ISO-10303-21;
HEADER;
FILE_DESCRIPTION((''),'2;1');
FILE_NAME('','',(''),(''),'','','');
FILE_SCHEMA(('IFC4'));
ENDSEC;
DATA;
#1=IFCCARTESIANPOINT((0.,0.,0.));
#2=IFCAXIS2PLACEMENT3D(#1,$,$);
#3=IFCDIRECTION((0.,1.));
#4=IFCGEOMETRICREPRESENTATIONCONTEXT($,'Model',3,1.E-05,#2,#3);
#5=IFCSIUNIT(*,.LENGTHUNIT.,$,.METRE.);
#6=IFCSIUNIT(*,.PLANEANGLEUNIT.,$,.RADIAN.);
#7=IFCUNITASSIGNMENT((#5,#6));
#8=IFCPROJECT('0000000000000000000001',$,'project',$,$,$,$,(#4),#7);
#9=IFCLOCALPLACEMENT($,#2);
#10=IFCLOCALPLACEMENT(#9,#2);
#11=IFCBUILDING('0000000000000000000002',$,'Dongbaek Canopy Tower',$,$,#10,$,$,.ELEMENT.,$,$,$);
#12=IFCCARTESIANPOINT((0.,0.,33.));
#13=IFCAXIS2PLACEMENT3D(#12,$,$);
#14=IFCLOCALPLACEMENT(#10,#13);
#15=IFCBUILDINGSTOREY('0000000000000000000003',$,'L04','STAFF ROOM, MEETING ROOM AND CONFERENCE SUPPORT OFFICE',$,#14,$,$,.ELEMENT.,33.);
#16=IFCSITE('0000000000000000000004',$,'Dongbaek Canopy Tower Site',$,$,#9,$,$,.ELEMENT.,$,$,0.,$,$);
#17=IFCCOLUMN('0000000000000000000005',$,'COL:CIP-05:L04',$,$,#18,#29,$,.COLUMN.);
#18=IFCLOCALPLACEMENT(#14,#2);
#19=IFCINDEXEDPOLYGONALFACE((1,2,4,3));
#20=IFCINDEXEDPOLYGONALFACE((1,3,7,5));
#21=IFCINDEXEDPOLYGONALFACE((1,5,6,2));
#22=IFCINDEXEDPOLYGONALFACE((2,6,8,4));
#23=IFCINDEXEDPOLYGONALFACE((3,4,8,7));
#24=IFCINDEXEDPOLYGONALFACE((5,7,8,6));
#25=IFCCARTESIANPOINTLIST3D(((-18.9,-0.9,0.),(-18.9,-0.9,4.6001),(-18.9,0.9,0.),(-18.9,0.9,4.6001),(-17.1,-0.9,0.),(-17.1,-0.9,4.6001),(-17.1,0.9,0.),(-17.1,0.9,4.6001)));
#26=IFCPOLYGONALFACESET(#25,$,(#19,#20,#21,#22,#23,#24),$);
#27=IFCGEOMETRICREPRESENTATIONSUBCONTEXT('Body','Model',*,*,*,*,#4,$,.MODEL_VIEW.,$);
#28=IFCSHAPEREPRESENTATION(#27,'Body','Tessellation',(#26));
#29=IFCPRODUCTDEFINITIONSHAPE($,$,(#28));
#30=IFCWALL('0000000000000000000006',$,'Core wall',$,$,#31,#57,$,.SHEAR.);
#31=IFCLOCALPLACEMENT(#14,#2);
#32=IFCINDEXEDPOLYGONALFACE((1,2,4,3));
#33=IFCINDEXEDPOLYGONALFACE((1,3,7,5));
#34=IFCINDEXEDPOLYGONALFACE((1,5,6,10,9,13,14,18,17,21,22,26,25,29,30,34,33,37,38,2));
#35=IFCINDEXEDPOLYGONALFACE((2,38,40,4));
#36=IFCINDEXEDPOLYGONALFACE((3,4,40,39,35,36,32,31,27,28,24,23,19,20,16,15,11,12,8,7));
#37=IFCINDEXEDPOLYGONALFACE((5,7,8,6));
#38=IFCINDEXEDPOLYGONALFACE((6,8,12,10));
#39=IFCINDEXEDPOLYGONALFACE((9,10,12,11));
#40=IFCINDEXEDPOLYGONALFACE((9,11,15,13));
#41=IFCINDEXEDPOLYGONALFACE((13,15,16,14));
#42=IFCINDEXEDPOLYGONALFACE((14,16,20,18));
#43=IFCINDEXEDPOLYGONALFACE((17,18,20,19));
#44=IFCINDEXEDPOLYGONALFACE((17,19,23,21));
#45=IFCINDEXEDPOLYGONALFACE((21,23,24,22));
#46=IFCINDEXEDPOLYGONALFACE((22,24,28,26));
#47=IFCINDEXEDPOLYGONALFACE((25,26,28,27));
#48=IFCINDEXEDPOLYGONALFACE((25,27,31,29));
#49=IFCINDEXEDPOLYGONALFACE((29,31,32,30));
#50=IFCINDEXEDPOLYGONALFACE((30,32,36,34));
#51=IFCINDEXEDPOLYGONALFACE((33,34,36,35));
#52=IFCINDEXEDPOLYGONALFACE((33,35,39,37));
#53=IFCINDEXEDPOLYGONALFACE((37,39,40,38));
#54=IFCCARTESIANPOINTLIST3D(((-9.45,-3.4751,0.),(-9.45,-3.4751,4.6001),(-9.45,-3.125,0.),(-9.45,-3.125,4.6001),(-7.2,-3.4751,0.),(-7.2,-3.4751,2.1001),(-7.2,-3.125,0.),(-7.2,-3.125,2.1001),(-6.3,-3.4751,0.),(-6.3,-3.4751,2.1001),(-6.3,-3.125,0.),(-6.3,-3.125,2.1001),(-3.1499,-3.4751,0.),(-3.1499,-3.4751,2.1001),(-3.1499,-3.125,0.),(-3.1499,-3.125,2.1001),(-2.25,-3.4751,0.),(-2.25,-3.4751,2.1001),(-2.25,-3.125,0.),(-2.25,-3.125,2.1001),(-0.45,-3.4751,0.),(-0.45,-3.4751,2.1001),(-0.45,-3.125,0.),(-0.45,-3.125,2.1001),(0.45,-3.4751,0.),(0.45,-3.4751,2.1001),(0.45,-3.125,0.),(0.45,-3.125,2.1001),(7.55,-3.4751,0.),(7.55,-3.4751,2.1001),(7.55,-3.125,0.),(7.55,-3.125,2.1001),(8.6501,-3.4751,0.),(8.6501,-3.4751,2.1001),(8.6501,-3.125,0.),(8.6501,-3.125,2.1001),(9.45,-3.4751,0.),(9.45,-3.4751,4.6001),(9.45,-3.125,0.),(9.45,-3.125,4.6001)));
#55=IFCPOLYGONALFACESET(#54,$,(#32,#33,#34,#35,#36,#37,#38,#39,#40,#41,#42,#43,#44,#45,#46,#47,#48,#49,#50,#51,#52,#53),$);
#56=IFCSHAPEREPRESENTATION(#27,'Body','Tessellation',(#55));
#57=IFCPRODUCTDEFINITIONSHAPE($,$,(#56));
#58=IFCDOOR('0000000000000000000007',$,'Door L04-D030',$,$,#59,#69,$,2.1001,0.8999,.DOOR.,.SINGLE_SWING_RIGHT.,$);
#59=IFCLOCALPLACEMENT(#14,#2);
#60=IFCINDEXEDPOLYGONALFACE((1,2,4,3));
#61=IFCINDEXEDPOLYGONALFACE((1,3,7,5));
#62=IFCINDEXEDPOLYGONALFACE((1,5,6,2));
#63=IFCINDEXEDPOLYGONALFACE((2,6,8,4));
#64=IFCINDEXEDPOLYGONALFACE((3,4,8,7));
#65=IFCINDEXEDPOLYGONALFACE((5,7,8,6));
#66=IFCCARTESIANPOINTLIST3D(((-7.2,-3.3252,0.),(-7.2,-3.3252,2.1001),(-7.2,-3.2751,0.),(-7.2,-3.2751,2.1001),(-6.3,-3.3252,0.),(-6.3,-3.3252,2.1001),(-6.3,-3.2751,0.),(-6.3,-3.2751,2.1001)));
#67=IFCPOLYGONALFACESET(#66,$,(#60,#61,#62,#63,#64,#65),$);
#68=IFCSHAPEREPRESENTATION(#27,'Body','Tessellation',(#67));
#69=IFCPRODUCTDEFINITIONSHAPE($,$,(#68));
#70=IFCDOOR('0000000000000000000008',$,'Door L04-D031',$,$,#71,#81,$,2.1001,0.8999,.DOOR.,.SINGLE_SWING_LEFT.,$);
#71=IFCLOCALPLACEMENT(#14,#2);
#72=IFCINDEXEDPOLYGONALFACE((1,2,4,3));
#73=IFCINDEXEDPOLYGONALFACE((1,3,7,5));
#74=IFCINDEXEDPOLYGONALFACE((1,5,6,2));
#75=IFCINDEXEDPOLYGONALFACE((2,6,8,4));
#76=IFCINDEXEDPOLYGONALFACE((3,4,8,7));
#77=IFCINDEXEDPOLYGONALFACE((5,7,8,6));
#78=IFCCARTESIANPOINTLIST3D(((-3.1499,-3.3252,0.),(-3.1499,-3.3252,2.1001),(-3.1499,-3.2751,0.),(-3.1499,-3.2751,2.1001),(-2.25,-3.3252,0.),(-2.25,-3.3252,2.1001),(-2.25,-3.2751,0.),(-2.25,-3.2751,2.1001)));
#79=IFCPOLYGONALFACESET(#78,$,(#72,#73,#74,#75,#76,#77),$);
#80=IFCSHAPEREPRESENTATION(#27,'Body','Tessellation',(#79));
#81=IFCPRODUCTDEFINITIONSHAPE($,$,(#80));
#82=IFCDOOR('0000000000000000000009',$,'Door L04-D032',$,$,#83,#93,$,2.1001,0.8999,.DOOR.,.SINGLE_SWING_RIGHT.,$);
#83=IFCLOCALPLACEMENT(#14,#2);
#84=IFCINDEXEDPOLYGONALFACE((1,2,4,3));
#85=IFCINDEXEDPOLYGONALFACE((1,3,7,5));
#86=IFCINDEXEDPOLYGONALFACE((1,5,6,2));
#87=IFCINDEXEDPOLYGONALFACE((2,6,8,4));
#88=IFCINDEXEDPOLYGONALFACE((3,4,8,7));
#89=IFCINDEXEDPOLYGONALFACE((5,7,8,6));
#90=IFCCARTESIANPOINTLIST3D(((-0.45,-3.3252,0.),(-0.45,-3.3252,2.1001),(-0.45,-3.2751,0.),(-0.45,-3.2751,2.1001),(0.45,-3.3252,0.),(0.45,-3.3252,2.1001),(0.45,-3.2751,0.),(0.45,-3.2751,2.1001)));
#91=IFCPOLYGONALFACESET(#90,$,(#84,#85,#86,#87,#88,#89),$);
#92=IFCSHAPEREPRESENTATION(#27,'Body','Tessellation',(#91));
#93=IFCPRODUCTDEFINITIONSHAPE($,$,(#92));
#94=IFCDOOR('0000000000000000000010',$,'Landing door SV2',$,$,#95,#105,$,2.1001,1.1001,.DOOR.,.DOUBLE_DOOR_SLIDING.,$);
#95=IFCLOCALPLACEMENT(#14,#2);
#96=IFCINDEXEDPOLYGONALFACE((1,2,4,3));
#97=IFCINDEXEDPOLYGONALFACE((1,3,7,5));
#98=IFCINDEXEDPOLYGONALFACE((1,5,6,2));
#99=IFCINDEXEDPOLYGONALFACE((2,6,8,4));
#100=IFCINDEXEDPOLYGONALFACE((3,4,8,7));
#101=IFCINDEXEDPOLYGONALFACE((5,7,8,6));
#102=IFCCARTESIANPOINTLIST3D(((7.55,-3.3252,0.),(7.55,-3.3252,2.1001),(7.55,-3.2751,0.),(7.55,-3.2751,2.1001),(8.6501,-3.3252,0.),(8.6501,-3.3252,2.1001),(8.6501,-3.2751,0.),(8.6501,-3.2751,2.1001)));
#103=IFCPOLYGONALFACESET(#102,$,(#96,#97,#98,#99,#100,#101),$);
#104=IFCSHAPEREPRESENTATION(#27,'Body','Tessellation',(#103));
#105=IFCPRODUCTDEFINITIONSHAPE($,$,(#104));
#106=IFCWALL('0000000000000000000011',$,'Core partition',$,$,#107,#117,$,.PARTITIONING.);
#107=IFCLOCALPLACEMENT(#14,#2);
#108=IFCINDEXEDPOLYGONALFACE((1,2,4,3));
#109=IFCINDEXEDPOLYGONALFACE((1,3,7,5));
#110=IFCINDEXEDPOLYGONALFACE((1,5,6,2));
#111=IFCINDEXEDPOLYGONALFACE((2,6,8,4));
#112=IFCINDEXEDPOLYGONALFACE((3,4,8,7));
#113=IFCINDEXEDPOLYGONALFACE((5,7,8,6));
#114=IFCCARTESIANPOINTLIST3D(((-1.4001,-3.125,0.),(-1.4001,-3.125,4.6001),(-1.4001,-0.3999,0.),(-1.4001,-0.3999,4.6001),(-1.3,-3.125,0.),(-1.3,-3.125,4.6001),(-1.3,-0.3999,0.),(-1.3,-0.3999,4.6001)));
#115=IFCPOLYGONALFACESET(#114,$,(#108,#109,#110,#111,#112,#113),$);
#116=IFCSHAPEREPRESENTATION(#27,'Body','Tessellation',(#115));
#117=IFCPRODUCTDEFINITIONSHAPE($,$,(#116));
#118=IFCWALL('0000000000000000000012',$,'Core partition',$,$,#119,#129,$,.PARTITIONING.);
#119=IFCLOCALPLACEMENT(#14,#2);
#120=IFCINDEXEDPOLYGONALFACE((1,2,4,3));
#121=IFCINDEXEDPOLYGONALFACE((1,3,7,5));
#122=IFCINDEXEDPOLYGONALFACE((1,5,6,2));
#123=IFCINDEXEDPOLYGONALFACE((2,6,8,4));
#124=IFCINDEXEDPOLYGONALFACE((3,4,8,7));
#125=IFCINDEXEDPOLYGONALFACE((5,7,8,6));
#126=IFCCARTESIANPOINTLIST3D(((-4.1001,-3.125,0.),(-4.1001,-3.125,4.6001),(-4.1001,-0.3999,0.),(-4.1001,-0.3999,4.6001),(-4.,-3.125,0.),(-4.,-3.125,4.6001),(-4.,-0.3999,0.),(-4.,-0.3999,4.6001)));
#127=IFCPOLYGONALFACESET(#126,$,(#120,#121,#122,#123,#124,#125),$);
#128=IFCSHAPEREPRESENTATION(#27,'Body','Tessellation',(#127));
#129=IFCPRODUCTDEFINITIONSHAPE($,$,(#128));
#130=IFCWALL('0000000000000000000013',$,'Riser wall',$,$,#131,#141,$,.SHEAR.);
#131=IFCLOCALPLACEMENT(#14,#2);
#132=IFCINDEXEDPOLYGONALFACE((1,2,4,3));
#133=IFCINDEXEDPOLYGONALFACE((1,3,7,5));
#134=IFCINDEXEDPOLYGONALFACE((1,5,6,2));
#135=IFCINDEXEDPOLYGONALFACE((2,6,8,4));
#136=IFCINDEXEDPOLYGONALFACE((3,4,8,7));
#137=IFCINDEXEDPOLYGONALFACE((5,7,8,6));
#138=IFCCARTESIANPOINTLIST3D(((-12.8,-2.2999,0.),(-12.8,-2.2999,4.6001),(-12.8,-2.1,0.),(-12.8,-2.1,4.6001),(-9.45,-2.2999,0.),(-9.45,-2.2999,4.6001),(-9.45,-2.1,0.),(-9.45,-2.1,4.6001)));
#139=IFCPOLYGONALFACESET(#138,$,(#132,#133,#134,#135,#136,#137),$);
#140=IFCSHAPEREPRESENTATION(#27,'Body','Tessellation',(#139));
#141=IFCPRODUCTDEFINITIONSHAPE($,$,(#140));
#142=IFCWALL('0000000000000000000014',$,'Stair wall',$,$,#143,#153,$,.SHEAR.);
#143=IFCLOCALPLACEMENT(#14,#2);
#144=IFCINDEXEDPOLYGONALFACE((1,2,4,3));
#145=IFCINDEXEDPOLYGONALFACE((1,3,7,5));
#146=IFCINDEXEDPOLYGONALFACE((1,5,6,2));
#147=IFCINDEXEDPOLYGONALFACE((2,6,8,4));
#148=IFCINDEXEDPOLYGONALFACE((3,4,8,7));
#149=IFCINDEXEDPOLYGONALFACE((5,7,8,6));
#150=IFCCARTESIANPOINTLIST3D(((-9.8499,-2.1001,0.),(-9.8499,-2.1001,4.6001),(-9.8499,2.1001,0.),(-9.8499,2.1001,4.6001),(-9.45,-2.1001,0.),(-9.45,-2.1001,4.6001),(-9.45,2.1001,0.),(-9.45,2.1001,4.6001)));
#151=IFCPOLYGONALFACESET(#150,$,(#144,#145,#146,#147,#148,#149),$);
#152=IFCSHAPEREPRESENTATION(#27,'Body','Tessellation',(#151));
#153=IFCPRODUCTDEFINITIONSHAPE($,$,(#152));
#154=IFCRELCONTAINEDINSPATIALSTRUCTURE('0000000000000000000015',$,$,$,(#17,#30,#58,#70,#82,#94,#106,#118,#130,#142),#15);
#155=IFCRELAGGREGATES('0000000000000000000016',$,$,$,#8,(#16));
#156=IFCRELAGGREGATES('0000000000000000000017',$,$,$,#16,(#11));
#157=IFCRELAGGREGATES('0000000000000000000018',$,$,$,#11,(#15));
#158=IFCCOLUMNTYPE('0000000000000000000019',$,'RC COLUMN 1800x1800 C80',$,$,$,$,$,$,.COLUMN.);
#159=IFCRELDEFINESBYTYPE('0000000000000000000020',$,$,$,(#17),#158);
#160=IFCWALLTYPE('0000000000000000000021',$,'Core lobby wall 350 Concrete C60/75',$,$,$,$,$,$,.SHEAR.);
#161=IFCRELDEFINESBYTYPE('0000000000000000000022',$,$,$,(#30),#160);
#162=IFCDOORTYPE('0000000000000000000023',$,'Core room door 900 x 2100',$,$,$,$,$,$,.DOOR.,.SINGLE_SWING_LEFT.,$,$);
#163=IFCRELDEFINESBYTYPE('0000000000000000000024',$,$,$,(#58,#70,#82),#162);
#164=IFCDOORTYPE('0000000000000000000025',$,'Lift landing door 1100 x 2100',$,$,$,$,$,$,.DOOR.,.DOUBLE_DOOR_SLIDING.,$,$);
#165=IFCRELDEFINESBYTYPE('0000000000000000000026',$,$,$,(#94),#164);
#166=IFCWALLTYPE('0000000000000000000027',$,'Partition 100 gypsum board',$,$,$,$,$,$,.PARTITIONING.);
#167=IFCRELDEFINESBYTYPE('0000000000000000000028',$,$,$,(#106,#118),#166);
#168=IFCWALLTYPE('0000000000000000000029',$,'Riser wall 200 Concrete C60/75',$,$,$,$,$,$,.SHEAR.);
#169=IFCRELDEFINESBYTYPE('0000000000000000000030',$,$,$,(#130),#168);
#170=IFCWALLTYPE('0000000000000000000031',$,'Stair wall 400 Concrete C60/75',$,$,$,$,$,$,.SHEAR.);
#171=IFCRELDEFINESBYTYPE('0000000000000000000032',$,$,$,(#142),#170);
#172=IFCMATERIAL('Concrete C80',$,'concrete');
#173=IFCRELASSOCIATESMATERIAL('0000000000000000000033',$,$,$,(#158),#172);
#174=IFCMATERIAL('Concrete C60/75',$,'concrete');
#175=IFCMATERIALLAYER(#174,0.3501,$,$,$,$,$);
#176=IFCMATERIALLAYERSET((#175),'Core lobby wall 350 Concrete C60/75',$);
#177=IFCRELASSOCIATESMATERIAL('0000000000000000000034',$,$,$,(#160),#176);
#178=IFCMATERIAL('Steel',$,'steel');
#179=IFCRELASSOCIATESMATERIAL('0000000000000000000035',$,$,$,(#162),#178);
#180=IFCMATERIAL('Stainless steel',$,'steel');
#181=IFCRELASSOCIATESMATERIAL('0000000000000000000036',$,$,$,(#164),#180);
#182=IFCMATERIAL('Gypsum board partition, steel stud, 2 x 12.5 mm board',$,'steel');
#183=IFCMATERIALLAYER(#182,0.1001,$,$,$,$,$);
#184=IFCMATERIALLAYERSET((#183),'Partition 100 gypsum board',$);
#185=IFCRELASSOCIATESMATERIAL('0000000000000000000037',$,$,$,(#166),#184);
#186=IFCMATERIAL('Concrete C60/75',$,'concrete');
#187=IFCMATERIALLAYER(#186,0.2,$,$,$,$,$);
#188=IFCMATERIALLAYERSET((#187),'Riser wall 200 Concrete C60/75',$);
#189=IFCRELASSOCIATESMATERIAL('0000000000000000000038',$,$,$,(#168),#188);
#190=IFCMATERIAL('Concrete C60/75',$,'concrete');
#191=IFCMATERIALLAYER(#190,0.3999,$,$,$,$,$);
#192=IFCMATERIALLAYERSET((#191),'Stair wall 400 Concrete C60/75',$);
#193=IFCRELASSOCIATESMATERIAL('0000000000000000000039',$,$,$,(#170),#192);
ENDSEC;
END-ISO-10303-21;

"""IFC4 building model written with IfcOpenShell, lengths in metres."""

from ifc_helpers import new_model, si_unit, direction, frame, frame_2d, origin, origin_2d, place, context, subcontext, project, spatial, rectangle, extrude, material, layer, layer_set, material_profile, profile_set, type_object, element, fill, save


model = new_model("IFC4")

# Units and contexts
model_context = context("Model", 3, precision=1e-05, world=origin(), true_north=direction((0.0, 1.0)))
body_context = subcontext(model_context, "Body", "Model", "MODEL_VIEW")
ifc_project = project(units=[si_unit("LENGTHUNIT", "METRE"), si_unit("PLANEANGLEUNIT", "RADIAN")], contexts=[model_context])

# Site, building, storey
site_placement = place(None, origin())
site = spatial("IfcSite", under=ifc_project, at=site_placement, Name="Dongbaek Canopy Tower Site", CompositionType="ELEMENT", RefElevation=0.0)
building_placement = place(site_placement, origin())
building = spatial("IfcBuilding", under=site, at=building_placement, Name="Dongbaek Canopy Tower", CompositionType="ELEMENT")
storey_placement = place(building_placement, frame((0.0, 0.0, 33.0)))
storey = spatial("IfcBuildingStorey", under=building, at=storey_placement, Name="L04", Description="STAFF ROOM, MEETING ROOM AND CONFERENCE SUPPORT OFFICE", CompositionType="ELEMENT", Elevation=33.0)

# Column
ifc_material_1 = material(Name="Concrete C80", Category="concrete")
ifc_material_profile = material_profile(ifc_material_1, rectangle(XDim=1.8, YDim=1.8, at=origin_2d()), Name="RC COLUMN 1800x1800 C80")
ifc_profile_set = profile_set([ifc_material_profile], Name="Concrete C80")
column_type = type_object("IfcColumnType", Name="RC COLUMN 1800x1800 C80", PredefinedType="COLUMN", material=ifc_profile_set)
column_placement = place(storey_placement, frame((-18.0, 0.0, 0.0), z_axis=(0.0, 0.0, 1.0), x_axis=(1.0, 0.0, 0.0)))
element("IfcColumn", 1, at=column_placement, inside=storey, type_object=column_type, Name="COL:CIP-05:L04", PredefinedType="COLUMN", context=body_context, shape_type="SweptSolid", body=[
    extrude(rectangle(XDim=1.8, YDim=1.8, at=origin_2d()), origin(), (0.0, 0.0, 1.0), 4.6001),
])

# Wall, openings, doors
ifc_material_2 = material(Name="Concrete C60/75", Category="concrete")
ifc_layer_1 = layer(ifc_material_2, 0.3501)
ifc_layer_set_1 = layer_set([ifc_layer_1], Name="Core lobby wall 350 Concrete C60/75")
wall_type_1 = type_object("IfcWallType", Name="Core lobby wall 350 Concrete C60/75", PredefinedType="SHEAR", material=ifc_layer_set_1)
wall_1_placement = place(storey_placement, frame((-9.45, -3.3, 0.0), z_axis=(0.0, 0.0, 1.0), x_axis=(1.0, 0.0, 0.0)))
wall_1 = element("IfcWall", 2, at=wall_1_placement, inside=storey, type_object=wall_type_1, Name="Core wall", PredefinedType="SHEAR", context=body_context, shape_type="SweptSolid", body=[
    extrude(rectangle(XDim=18.8999, YDim=0.3501, at=frame_2d((9.45, 0.0))), origin(), (0.0, 0.0, 1.0), 4.6001),
])
opening_1_placement = place(wall_1_placement, frame((17.0, 0.0, 0.0)))
opening_1 = element("IfcOpeningElement", 3, at=opening_1_placement, cuts=wall_1, PredefinedType="OPENING", context=body_context, shape_type="SweptSolid", body=[
    extrude(rectangle(XDim=1.1001, YDim=2.1001, at=frame_2d((0.55, 1.05))), frame((0.0, 0.1851, 0.0), z_axis=(0.0, -1.0, 0.0), x_axis=(1.0, 0.0, 0.0)), (0.0, 0.0, 1.0), 0.3701),
])
opening_2_placement = place(wall_1_placement, frame((2.25, 0.0, 0.0)))
opening_2 = element("IfcOpeningElement", 4, at=opening_2_placement, cuts=wall_1, PredefinedType="OPENING", context=body_context, shape_type="SweptSolid", body=[
    extrude(rectangle(XDim=0.8999, YDim=2.1001, at=frame_2d((0.45, 1.05))), frame((0.0, 0.1851, 0.0), z_axis=(0.0, -1.0, 0.0), x_axis=(1.0, 0.0, 0.0)), (0.0, 0.0, 1.0), 0.3701),
])
opening_3_placement = place(wall_1_placement, frame((6.3, 0.0, 0.0)))
opening_3 = element("IfcOpeningElement", 5, at=opening_3_placement, cuts=wall_1, PredefinedType="OPENING", context=body_context, shape_type="SweptSolid", body=[
    extrude(rectangle(XDim=0.8999, YDim=2.1001, at=frame_2d((0.45, 1.05))), frame((0.0, 0.1851, 0.0), z_axis=(0.0, -1.0, 0.0), x_axis=(1.0, 0.0, 0.0)), (0.0, 0.0, 1.0), 0.3701),
])
opening_4_placement = place(wall_1_placement, frame((9.0, 0.0, 0.0)))
opening_4 = element("IfcOpeningElement", 6, at=opening_4_placement, cuts=wall_1, PredefinedType="OPENING", context=body_context, shape_type="SweptSolid", body=[
    extrude(rectangle(XDim=0.8999, YDim=2.1001, at=frame_2d((0.45, 1.05))), frame((0.0, 0.1851, 0.0), z_axis=(0.0, -1.0, 0.0), x_axis=(1.0, 0.0, 0.0)), (0.0, 0.0, 1.0), 0.3701),
])
ifc_material_3 = material(Name="Steel", Category="steel")
door_type_1 = type_object("IfcDoorType", Name="Core room door 900 x 2100", OperationType="SINGLE_SWING_LEFT", PredefinedType="DOOR", material=ifc_material_3)
door_1_placement = place(opening_2_placement, origin())
door_1 = element("IfcDoor", 7, at=door_1_placement, inside=storey, type_object=door_type_1, Name="Door L04-D030", OperationType="SINGLE_SWING_RIGHT", OverallHeight=2.1001, OverallWidth=0.8999, PredefinedType="DOOR", context=body_context, shape_type="SweptSolid", body=[
    extrude(rectangle(XDim=0.8999, YDim=2.1001, at=frame_2d((0.45, 1.05))), frame((0.0, 0.0249, 0.0), z_axis=(0.0, -1.0, 0.0), x_axis=(1.0, 0.0, 0.0)), (0.0, 0.0, 1.0), 0.05),
])
fill(opening_2, door_1)
door_2_placement = place(opening_3_placement, origin())
door_2 = element("IfcDoor", 8, at=door_2_placement, inside=storey, type_object=door_type_1, Name="Door L04-D031", OperationType="SINGLE_SWING_LEFT", OverallHeight=2.1001, OverallWidth=0.8999, PredefinedType="DOOR", context=body_context, shape_type="SweptSolid", body=[
    extrude(rectangle(XDim=0.8999, YDim=2.1001, at=frame_2d((0.45, 1.05))), frame((0.0, 0.0249, 0.0), z_axis=(0.0, -1.0, 0.0), x_axis=(1.0, 0.0, 0.0)), (0.0, 0.0, 1.0), 0.05),
])
fill(opening_3, door_2)
door_3_placement = place(opening_4_placement, origin())
door_3 = element("IfcDoor", 9, at=door_3_placement, inside=storey, type_object=door_type_1, Name="Door L04-D032", OperationType="SINGLE_SWING_RIGHT", OverallHeight=2.1001, OverallWidth=0.8999, PredefinedType="DOOR", context=body_context, shape_type="SweptSolid", body=[
    extrude(rectangle(XDim=0.8999, YDim=2.1001, at=frame_2d((0.45, 1.05))), frame((0.0, 0.0249, 0.0), z_axis=(0.0, -1.0, 0.0), x_axis=(1.0, 0.0, 0.0)), (0.0, 0.0, 1.0), 0.05),
])
fill(opening_4, door_3)
ifc_material_4 = material(Name="Stainless steel", Category="steel")
door_type_2 = type_object("IfcDoorType", Name="Lift landing door 1100 x 2100", OperationType="DOUBLE_DOOR_SLIDING", PredefinedType="DOOR", material=ifc_material_4)
door_4_placement = place(opening_1_placement, origin())
door_4 = element("IfcDoor", 10, at=door_4_placement, inside=storey, type_object=door_type_2, Name="Landing door SV2", OperationType="DOUBLE_DOOR_SLIDING", OverallHeight=2.1001, OverallWidth=1.1001, PredefinedType="DOOR", context=body_context, shape_type="SweptSolid", body=[
    extrude(rectangle(XDim=1.1001, YDim=2.1001, at=frame_2d((0.55, 1.05))), frame((0.0, 0.0249, 0.0), z_axis=(0.0, -1.0, 0.0), x_axis=(1.0, 0.0, 0.0)), (0.0, 0.0, 1.0), 0.05),
])
fill(opening_1, door_4)

# Walls
ifc_material_5 = material(Name="Gypsum board partition, steel stud, 2 x 12.5 mm board", Category="steel")
ifc_layer_2 = layer(ifc_material_5, 0.1001)
ifc_layer_set_2 = layer_set([ifc_layer_2], Name="Partition 100 gypsum board")
wall_type_2 = type_object("IfcWallType", Name="Partition 100 gypsum board", PredefinedType="PARTITIONING", material=ifc_layer_set_2)
for number, where, z_axis, x_axis, name in (
    (11, (-1.3501, -3.125, 0.0), (0.0, 0.0, 1.0), (0.0, 1.0, 0.0), "Core partition"),
    (12, (-4.05, -3.125, 0.0), (0.0, 0.0, 1.0), (0.0, 1.0, 0.0), "Core partition"),
):
    element("IfcWall", number, at=place(storey_placement, frame(where, z_axis=z_axis, x_axis=x_axis)), inside=storey, type_object=wall_type_2, Name=name, PredefinedType="PARTITIONING", context=body_context, shape_type="SweptSolid", body=[
        extrude(rectangle(XDim=2.7251, YDim=0.1001, at=frame_2d((1.3625, 0.0))), origin(), (0.0, 0.0, 1.0), 4.6001),
    ])
ifc_material_6 = material(Name="Concrete C60/75", Category="concrete")
ifc_layer_3 = layer(ifc_material_6, 0.2)
ifc_layer_set_3 = layer_set([ifc_layer_3], Name="Riser wall 200 Concrete C60/75")
wall_type_3 = type_object("IfcWallType", Name="Riser wall 200 Concrete C60/75", PredefinedType="SHEAR", material=ifc_layer_set_3)
wall_2_placement = place(storey_placement, frame((-9.45, -2.2, 0.0), z_axis=(0.0, 0.0, 1.0), x_axis=(-1.0, 0.0, 0.0)))
element("IfcWall", 13, at=wall_2_placement, inside=storey, type_object=wall_type_3, Name="Riser wall", PredefinedType="SHEAR", context=body_context, shape_type="SweptSolid", body=[
    extrude(rectangle(XDim=3.3501, YDim=0.2, at=frame_2d((1.675, 0.0))), origin(), (0.0, 0.0, 1.0), 4.6001),
])
ifc_material_7 = material(Name="Concrete C60/75", Category="concrete")
ifc_layer_4 = layer(ifc_material_7, 0.3999)
ifc_layer_set_4 = layer_set([ifc_layer_4], Name="Stair wall 400 Concrete C60/75")
wall_type_4 = type_object("IfcWallType", Name="Stair wall 400 Concrete C60/75", PredefinedType="SHEAR", material=ifc_layer_set_4)
wall_3_placement = place(storey_placement, frame((-9.6499, -2.1001, 0.0), z_axis=(0.0, 0.0, 1.0), x_axis=(0.0, 1.0, 0.0)))
element("IfcWall", 14, at=wall_3_placement, inside=storey, type_object=wall_type_4, Name="Stair wall", PredefinedType="SHEAR", context=body_context, shape_type="SweptSolid", body=[
    extrude(rectangle(XDim=4.2002, YDim=0.3999, at=frame_2d((2.1001, 0.0))), origin(), (0.0, 0.0, 1.0), 4.6001),
])

save(model, "model.ifc")
